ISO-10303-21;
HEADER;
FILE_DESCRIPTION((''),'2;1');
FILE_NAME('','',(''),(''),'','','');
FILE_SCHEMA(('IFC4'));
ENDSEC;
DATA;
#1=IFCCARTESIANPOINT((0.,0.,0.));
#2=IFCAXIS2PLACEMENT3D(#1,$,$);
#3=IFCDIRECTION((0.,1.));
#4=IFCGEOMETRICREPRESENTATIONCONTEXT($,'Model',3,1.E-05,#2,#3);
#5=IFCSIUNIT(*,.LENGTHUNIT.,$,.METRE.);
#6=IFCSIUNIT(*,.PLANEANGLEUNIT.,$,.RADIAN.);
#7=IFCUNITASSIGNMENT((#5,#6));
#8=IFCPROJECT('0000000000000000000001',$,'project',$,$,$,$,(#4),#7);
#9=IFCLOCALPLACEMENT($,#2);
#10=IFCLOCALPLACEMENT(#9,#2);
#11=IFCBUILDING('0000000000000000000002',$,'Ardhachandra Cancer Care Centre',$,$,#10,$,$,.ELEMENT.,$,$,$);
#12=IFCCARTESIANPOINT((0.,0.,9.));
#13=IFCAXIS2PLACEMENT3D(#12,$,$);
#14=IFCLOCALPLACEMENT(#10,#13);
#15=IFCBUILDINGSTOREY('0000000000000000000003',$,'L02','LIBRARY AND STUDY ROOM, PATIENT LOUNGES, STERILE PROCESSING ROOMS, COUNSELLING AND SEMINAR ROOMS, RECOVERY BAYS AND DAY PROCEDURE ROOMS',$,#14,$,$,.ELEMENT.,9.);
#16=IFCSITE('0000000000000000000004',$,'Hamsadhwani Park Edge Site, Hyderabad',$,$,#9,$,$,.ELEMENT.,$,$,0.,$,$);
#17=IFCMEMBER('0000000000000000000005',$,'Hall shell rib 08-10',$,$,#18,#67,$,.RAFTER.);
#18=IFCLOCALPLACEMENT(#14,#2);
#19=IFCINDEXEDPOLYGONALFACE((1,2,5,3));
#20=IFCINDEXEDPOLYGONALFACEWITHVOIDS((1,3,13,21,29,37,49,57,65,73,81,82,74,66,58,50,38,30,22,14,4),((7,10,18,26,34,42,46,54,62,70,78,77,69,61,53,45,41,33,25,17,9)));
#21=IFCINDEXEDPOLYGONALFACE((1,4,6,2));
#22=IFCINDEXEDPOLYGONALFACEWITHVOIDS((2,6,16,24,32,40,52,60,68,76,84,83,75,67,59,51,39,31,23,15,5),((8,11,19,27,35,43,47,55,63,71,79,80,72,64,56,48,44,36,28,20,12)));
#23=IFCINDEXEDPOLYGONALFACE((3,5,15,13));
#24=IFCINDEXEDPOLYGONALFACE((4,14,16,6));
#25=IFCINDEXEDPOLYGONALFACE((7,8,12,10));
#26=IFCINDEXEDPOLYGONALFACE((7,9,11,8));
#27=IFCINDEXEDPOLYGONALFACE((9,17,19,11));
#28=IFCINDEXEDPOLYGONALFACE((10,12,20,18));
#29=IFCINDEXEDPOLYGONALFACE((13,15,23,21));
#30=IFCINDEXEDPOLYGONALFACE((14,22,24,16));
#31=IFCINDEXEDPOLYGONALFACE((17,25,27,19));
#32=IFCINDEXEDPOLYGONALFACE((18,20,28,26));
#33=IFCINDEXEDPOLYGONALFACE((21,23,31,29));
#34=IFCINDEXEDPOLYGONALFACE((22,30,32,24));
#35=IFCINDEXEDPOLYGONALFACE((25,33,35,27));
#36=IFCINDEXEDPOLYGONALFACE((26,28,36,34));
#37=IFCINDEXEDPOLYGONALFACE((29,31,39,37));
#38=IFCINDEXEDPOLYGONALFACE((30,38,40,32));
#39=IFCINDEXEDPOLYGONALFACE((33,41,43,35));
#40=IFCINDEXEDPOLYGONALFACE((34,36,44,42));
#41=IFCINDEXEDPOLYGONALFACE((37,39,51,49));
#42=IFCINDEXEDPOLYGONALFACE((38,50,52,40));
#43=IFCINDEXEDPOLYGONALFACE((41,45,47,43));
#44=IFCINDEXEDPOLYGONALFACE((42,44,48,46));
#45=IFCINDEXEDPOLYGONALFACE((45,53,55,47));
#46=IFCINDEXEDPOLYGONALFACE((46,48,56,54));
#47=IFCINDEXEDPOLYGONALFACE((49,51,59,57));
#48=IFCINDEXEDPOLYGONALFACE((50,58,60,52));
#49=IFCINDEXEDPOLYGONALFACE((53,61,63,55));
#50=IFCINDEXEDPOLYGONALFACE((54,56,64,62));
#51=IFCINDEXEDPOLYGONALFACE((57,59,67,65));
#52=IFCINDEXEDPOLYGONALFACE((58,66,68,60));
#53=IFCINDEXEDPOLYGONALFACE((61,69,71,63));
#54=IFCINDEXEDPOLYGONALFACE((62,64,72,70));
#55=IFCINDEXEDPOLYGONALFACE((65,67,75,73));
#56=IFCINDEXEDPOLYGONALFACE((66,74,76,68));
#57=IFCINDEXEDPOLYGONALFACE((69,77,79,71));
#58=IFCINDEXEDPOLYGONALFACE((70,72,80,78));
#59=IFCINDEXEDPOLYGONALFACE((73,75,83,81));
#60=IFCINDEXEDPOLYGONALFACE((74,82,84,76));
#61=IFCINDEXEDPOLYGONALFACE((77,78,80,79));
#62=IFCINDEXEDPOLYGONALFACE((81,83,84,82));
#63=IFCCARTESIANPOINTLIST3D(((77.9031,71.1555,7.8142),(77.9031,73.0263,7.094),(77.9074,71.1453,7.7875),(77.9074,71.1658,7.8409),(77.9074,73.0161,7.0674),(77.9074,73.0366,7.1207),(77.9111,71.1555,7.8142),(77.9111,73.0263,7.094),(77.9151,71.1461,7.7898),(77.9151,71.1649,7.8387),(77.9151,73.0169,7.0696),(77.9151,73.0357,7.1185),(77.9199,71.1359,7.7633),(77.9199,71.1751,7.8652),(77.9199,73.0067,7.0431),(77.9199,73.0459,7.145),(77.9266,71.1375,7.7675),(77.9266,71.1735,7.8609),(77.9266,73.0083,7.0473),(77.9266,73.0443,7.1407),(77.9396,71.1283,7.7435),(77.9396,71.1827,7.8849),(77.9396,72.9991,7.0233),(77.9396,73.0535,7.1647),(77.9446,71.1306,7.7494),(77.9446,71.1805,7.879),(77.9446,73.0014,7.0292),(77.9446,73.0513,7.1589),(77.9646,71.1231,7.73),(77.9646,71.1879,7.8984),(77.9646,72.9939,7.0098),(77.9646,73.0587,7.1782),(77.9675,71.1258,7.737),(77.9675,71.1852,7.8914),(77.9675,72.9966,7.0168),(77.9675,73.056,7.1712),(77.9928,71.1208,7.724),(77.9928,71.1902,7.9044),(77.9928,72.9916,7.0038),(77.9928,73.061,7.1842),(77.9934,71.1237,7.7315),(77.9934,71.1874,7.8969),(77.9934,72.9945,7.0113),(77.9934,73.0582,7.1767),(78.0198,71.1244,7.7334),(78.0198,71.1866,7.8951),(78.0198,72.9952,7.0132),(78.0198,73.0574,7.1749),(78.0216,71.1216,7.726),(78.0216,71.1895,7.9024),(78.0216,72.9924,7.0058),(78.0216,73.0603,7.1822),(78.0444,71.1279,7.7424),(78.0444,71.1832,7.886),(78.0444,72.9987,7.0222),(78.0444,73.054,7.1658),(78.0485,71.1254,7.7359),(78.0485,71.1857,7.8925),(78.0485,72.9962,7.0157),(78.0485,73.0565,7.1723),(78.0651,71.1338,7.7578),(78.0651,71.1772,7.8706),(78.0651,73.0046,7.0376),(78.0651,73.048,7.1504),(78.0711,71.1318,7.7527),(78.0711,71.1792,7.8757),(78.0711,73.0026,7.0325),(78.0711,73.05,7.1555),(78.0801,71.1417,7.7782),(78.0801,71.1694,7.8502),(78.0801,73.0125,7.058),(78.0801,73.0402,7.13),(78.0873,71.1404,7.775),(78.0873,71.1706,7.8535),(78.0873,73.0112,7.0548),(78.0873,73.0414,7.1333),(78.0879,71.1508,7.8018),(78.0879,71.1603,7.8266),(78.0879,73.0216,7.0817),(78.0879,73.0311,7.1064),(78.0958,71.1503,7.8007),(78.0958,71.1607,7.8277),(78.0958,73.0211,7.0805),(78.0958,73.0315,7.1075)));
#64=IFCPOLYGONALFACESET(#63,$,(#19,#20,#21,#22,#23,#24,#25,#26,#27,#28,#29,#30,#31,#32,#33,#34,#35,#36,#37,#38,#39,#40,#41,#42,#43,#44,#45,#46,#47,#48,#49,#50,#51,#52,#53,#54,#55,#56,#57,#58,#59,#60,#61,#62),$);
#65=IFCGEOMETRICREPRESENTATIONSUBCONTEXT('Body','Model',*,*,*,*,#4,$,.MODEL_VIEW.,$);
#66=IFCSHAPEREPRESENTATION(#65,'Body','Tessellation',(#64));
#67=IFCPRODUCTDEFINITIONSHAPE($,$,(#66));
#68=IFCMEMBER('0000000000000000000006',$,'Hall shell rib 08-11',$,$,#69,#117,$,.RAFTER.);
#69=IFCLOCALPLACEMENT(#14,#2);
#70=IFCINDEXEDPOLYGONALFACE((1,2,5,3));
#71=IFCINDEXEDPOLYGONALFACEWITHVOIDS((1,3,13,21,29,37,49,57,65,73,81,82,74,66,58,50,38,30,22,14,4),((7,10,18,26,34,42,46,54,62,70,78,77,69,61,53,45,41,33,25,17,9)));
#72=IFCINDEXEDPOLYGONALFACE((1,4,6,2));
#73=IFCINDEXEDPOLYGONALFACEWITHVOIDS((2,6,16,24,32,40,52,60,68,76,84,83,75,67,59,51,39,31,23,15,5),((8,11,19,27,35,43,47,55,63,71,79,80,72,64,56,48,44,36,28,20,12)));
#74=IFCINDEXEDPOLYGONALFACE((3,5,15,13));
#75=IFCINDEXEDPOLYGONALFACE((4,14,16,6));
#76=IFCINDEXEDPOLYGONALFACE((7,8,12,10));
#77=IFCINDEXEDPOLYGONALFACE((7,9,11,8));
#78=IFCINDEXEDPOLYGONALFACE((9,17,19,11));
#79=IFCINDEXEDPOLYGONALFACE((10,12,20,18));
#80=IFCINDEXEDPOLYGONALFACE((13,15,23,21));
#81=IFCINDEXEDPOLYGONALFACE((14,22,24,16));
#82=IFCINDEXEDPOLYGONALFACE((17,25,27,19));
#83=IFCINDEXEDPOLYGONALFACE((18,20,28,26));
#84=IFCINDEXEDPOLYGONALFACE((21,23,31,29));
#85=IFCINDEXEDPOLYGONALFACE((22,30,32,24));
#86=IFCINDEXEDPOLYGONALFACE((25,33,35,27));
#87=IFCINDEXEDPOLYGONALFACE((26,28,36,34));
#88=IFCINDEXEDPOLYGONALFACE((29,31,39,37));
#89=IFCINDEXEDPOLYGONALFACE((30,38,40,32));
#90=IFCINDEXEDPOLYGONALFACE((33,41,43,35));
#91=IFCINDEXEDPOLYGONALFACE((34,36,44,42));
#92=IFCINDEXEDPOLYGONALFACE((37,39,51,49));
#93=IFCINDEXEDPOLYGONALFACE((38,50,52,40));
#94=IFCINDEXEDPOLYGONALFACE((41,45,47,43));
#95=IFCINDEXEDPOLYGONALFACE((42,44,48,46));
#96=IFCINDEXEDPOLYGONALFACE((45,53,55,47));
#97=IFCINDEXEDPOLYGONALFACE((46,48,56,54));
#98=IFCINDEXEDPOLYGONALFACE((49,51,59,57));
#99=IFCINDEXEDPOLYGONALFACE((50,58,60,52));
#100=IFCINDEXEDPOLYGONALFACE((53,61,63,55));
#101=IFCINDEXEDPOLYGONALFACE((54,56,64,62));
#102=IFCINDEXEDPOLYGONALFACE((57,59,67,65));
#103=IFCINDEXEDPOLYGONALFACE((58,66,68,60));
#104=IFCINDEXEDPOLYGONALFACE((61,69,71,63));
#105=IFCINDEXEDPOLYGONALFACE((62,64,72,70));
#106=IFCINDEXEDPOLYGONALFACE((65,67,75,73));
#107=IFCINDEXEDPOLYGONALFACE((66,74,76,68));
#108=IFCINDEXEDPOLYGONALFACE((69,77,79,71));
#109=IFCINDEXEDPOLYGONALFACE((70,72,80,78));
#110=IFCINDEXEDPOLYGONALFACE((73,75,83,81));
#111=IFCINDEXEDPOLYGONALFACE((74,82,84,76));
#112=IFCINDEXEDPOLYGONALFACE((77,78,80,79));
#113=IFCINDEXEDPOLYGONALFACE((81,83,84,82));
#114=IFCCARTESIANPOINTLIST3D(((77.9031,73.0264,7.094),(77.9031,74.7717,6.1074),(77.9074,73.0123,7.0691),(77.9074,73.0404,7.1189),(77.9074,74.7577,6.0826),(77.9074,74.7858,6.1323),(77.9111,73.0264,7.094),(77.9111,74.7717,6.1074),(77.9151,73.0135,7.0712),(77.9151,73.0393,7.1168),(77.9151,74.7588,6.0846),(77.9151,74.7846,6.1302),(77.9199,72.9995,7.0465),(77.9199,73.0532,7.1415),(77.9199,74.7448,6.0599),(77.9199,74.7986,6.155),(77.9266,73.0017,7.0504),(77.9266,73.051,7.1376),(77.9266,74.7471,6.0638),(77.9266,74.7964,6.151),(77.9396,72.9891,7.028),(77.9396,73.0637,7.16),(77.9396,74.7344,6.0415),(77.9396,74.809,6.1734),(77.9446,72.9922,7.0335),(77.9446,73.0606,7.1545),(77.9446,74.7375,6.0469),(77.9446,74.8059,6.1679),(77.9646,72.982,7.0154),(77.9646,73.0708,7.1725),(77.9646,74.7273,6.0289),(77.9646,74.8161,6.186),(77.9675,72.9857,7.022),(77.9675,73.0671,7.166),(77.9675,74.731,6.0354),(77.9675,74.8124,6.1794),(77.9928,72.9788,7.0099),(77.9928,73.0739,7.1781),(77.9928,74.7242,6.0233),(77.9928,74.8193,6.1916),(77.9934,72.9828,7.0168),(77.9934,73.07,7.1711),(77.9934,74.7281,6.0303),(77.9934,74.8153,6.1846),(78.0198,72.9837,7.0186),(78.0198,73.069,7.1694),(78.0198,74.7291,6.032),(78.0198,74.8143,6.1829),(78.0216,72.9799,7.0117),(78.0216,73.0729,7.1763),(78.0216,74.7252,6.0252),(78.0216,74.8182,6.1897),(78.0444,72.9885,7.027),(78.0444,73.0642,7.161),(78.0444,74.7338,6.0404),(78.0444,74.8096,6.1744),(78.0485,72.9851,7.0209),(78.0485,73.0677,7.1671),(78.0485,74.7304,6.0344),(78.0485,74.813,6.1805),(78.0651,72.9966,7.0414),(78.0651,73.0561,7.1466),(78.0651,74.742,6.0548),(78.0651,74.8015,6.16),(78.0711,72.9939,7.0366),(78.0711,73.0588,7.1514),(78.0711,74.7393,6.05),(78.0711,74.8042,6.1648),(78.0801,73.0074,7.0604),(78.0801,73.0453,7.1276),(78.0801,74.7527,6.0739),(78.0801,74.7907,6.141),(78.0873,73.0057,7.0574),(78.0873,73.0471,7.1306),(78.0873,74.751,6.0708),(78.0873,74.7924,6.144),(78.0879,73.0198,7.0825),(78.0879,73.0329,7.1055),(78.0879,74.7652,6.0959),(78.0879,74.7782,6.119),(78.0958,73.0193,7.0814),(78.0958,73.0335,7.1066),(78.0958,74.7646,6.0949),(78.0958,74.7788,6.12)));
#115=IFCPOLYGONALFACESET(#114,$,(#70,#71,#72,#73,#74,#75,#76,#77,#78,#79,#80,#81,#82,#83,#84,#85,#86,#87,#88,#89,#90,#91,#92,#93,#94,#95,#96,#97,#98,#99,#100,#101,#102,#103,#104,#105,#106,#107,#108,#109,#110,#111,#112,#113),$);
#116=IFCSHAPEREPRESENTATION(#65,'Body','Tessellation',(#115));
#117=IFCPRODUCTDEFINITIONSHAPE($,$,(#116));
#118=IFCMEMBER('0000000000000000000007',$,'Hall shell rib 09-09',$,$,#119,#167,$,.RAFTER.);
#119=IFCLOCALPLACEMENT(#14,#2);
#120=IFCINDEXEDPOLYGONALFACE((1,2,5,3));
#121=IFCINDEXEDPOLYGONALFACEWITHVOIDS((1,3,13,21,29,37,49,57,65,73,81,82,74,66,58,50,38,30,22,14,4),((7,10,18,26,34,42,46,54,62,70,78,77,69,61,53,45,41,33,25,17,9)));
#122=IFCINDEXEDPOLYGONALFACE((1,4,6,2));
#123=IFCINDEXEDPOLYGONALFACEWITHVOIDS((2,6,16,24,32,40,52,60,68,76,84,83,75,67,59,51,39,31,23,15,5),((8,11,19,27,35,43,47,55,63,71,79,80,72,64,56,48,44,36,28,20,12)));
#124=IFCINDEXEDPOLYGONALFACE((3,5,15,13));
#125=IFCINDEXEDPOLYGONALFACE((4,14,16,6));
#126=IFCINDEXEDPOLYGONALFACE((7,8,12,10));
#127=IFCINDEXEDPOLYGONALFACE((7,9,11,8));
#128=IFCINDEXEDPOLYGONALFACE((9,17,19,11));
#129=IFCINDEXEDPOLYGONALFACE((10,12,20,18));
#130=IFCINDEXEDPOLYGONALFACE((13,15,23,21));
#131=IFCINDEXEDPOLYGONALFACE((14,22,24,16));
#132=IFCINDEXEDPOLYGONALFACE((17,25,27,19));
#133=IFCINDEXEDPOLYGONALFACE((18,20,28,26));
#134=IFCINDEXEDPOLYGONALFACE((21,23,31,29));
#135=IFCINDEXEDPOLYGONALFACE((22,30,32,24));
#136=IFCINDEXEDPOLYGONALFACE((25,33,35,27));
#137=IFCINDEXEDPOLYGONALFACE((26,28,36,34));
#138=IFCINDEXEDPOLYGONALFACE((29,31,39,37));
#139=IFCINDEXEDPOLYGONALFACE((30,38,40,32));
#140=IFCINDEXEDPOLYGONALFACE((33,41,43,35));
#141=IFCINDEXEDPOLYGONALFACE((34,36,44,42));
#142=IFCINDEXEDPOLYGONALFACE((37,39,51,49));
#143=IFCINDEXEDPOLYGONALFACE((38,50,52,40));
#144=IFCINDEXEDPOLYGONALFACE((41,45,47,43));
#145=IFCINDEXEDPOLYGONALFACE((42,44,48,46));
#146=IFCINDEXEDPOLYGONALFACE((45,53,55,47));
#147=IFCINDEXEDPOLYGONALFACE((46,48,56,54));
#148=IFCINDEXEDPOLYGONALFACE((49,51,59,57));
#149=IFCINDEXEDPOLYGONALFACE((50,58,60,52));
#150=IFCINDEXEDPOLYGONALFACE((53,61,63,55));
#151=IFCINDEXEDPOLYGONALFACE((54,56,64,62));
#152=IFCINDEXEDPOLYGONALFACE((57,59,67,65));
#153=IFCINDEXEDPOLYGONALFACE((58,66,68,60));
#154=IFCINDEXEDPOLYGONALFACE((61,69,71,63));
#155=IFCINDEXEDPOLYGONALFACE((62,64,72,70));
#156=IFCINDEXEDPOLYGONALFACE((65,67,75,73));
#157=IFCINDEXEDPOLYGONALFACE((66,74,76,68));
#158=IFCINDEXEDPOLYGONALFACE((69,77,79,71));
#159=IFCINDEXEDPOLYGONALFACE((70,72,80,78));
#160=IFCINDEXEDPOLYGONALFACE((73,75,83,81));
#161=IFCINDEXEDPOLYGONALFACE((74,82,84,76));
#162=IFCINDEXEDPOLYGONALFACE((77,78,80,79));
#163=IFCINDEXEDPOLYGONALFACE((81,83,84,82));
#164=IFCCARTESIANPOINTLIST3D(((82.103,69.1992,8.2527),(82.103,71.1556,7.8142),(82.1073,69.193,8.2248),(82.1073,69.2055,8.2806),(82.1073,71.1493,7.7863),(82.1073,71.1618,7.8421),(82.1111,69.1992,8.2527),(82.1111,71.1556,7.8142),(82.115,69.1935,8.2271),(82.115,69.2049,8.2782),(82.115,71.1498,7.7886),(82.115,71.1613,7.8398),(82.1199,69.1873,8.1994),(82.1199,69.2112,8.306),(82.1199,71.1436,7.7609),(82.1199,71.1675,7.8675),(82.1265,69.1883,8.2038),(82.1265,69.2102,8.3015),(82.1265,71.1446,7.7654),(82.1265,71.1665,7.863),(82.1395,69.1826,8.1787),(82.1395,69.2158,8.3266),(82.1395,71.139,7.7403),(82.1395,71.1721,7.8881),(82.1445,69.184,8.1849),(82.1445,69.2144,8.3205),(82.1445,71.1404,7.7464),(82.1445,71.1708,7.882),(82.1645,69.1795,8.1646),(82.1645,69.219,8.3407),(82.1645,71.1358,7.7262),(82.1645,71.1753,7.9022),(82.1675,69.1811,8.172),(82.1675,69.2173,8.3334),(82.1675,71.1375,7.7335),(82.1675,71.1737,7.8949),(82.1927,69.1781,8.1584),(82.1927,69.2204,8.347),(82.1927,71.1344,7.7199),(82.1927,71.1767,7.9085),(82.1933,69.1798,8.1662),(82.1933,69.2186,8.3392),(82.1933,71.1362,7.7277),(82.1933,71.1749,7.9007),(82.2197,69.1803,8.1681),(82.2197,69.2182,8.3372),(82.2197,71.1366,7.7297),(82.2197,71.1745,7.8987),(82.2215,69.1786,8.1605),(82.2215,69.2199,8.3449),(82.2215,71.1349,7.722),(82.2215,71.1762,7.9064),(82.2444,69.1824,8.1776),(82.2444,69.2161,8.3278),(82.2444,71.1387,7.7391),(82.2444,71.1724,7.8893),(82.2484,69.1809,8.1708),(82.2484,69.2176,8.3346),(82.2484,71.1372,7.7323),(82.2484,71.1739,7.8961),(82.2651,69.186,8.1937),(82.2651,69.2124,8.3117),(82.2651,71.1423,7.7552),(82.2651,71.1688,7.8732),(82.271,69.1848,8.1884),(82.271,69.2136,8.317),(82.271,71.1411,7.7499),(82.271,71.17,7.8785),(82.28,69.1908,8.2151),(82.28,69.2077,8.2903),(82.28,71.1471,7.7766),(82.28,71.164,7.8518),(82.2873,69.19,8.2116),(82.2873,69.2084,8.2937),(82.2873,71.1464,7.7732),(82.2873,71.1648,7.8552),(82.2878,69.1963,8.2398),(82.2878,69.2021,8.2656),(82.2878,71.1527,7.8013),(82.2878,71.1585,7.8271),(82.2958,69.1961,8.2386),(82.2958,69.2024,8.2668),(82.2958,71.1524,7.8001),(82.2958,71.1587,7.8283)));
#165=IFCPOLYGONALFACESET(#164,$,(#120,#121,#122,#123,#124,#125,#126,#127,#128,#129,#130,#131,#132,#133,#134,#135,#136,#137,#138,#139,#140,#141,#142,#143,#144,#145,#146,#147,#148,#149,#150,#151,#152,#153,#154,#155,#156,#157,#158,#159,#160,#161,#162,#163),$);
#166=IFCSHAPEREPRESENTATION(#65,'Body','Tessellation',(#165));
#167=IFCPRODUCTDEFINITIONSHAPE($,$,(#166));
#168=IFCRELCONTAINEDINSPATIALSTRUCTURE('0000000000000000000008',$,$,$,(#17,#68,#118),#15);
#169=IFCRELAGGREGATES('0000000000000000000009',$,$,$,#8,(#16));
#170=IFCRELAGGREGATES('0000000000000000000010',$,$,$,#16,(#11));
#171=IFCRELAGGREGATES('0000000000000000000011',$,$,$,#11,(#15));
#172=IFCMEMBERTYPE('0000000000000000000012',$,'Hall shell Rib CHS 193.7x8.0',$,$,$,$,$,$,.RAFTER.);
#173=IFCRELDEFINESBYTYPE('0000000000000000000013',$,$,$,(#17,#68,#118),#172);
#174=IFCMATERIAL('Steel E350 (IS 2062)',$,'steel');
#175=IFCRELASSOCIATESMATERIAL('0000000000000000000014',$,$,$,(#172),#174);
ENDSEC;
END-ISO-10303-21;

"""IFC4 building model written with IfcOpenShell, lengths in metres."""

from ifc_helpers import new_model, si_unit, direction, frame, origin, origin_2d, place, context, subcontext, project, spatial, hollow_circle, extrude, material, material_profile, profile_set, type_object, element, save


model = new_model("IFC4")

# Units and contexts
model_context = context("Model", 3, precision=1e-05, world=origin(), true_north=direction((0.0, 1.0)))
body_context = subcontext(model_context, "Body", "Model", "MODEL_VIEW")
ifc_project = project(units=[si_unit("LENGTHUNIT", "METRE"), si_unit("PLANEANGLEUNIT", "RADIAN")], contexts=[model_context])

# Site, building, storey
site_placement = place(None, origin())
site = spatial("IfcSite", under=ifc_project, at=site_placement, Name="Hamsadhwani Park Edge Site, Hyderabad", CompositionType="ELEMENT", RefElevation=0.0)
building_placement = place(site_placement, origin())
building = spatial("IfcBuilding", under=site, at=building_placement, Name="Ardhachandra Cancer Care Centre", CompositionType="ELEMENT")
storey_placement = place(building_placement, frame((0.0, 0.0, 9.0)))
storey = spatial("IfcBuildingStorey", under=building, at=storey_placement, Name="L02", Description="LIBRARY AND STUDY ROOM, PATIENT LOUNGES, STERILE PROCESSING ROOMS, COUNSELLING AND SEMINAR ROOMS, RECOVERY BAYS AND DAY PROCEDURE ROOMS", CompositionType="ELEMENT", Elevation=9.0)

# Members
ifc_material_1 = material(Name="Steel E350 (IS 2062)", Category="steel")
ifc_material_profile_1 = material_profile(ifc_material_1, hollow_circle(Radius=0.0969, WallThickness=0.0081, at=origin_2d()), Name="CHS 193.7x8.0")
ifc_profile_set_1 = profile_set([ifc_material_profile_1], Name="Steel E350 (IS 2062)")
member_type_1 = type_object("IfcMemberType", Name="Hall shell Rib CHS 193.7x8.0", PredefinedType="RAFTER", material=ifc_profile_set_1)
member_1_placement = place(storey_placement, frame((78.0, 71.1555, 7.8142), z_axis=(0.0, 0.933236, -0.359265), x_axis=(-1.0, 0.0, 0.0)))
element("IfcMember", 1, at=member_1_placement, inside=storey, type_object=member_type_1, Name="Hall shell rib 08-10", PredefinedType="RAFTER", context=body_context, shape_type="SweptSolid", body=[
    extrude(hollow_circle(Radius=0.0969, WallThickness=0.0081, at=origin_2d()), origin(), (0.0, 0.0, 1.0), 2.0046),
])
for number, where, z_axis, x_axis, name in (
    (2, (78.0, 73.0264, 7.094), (0.0, 0.870549, -0.492081), (-1.0, 0.0, 0.0), "Hall shell rib 08-11"),
    (3, (82.2, 69.1992, 8.2527), (0.0, 0.97579, -0.218709), (-1.0, 0.0, 0.0), "Hall shell rib 09-09"),
):
    element("IfcMember", number, at=place(storey_placement, frame(where, z_axis=z_axis, x_axis=x_axis)), inside=storey, type_object=member_type_1, Name=name, PredefinedType="RAFTER", context=body_context, shape_type="SweptSolid", body=[
        extrude(hollow_circle(Radius=0.0969, WallThickness=0.0081, at=origin_2d()), origin(), (0.0, 0.0, 1.0), 2.0049),
    ])

save(model, "model.ifc")
